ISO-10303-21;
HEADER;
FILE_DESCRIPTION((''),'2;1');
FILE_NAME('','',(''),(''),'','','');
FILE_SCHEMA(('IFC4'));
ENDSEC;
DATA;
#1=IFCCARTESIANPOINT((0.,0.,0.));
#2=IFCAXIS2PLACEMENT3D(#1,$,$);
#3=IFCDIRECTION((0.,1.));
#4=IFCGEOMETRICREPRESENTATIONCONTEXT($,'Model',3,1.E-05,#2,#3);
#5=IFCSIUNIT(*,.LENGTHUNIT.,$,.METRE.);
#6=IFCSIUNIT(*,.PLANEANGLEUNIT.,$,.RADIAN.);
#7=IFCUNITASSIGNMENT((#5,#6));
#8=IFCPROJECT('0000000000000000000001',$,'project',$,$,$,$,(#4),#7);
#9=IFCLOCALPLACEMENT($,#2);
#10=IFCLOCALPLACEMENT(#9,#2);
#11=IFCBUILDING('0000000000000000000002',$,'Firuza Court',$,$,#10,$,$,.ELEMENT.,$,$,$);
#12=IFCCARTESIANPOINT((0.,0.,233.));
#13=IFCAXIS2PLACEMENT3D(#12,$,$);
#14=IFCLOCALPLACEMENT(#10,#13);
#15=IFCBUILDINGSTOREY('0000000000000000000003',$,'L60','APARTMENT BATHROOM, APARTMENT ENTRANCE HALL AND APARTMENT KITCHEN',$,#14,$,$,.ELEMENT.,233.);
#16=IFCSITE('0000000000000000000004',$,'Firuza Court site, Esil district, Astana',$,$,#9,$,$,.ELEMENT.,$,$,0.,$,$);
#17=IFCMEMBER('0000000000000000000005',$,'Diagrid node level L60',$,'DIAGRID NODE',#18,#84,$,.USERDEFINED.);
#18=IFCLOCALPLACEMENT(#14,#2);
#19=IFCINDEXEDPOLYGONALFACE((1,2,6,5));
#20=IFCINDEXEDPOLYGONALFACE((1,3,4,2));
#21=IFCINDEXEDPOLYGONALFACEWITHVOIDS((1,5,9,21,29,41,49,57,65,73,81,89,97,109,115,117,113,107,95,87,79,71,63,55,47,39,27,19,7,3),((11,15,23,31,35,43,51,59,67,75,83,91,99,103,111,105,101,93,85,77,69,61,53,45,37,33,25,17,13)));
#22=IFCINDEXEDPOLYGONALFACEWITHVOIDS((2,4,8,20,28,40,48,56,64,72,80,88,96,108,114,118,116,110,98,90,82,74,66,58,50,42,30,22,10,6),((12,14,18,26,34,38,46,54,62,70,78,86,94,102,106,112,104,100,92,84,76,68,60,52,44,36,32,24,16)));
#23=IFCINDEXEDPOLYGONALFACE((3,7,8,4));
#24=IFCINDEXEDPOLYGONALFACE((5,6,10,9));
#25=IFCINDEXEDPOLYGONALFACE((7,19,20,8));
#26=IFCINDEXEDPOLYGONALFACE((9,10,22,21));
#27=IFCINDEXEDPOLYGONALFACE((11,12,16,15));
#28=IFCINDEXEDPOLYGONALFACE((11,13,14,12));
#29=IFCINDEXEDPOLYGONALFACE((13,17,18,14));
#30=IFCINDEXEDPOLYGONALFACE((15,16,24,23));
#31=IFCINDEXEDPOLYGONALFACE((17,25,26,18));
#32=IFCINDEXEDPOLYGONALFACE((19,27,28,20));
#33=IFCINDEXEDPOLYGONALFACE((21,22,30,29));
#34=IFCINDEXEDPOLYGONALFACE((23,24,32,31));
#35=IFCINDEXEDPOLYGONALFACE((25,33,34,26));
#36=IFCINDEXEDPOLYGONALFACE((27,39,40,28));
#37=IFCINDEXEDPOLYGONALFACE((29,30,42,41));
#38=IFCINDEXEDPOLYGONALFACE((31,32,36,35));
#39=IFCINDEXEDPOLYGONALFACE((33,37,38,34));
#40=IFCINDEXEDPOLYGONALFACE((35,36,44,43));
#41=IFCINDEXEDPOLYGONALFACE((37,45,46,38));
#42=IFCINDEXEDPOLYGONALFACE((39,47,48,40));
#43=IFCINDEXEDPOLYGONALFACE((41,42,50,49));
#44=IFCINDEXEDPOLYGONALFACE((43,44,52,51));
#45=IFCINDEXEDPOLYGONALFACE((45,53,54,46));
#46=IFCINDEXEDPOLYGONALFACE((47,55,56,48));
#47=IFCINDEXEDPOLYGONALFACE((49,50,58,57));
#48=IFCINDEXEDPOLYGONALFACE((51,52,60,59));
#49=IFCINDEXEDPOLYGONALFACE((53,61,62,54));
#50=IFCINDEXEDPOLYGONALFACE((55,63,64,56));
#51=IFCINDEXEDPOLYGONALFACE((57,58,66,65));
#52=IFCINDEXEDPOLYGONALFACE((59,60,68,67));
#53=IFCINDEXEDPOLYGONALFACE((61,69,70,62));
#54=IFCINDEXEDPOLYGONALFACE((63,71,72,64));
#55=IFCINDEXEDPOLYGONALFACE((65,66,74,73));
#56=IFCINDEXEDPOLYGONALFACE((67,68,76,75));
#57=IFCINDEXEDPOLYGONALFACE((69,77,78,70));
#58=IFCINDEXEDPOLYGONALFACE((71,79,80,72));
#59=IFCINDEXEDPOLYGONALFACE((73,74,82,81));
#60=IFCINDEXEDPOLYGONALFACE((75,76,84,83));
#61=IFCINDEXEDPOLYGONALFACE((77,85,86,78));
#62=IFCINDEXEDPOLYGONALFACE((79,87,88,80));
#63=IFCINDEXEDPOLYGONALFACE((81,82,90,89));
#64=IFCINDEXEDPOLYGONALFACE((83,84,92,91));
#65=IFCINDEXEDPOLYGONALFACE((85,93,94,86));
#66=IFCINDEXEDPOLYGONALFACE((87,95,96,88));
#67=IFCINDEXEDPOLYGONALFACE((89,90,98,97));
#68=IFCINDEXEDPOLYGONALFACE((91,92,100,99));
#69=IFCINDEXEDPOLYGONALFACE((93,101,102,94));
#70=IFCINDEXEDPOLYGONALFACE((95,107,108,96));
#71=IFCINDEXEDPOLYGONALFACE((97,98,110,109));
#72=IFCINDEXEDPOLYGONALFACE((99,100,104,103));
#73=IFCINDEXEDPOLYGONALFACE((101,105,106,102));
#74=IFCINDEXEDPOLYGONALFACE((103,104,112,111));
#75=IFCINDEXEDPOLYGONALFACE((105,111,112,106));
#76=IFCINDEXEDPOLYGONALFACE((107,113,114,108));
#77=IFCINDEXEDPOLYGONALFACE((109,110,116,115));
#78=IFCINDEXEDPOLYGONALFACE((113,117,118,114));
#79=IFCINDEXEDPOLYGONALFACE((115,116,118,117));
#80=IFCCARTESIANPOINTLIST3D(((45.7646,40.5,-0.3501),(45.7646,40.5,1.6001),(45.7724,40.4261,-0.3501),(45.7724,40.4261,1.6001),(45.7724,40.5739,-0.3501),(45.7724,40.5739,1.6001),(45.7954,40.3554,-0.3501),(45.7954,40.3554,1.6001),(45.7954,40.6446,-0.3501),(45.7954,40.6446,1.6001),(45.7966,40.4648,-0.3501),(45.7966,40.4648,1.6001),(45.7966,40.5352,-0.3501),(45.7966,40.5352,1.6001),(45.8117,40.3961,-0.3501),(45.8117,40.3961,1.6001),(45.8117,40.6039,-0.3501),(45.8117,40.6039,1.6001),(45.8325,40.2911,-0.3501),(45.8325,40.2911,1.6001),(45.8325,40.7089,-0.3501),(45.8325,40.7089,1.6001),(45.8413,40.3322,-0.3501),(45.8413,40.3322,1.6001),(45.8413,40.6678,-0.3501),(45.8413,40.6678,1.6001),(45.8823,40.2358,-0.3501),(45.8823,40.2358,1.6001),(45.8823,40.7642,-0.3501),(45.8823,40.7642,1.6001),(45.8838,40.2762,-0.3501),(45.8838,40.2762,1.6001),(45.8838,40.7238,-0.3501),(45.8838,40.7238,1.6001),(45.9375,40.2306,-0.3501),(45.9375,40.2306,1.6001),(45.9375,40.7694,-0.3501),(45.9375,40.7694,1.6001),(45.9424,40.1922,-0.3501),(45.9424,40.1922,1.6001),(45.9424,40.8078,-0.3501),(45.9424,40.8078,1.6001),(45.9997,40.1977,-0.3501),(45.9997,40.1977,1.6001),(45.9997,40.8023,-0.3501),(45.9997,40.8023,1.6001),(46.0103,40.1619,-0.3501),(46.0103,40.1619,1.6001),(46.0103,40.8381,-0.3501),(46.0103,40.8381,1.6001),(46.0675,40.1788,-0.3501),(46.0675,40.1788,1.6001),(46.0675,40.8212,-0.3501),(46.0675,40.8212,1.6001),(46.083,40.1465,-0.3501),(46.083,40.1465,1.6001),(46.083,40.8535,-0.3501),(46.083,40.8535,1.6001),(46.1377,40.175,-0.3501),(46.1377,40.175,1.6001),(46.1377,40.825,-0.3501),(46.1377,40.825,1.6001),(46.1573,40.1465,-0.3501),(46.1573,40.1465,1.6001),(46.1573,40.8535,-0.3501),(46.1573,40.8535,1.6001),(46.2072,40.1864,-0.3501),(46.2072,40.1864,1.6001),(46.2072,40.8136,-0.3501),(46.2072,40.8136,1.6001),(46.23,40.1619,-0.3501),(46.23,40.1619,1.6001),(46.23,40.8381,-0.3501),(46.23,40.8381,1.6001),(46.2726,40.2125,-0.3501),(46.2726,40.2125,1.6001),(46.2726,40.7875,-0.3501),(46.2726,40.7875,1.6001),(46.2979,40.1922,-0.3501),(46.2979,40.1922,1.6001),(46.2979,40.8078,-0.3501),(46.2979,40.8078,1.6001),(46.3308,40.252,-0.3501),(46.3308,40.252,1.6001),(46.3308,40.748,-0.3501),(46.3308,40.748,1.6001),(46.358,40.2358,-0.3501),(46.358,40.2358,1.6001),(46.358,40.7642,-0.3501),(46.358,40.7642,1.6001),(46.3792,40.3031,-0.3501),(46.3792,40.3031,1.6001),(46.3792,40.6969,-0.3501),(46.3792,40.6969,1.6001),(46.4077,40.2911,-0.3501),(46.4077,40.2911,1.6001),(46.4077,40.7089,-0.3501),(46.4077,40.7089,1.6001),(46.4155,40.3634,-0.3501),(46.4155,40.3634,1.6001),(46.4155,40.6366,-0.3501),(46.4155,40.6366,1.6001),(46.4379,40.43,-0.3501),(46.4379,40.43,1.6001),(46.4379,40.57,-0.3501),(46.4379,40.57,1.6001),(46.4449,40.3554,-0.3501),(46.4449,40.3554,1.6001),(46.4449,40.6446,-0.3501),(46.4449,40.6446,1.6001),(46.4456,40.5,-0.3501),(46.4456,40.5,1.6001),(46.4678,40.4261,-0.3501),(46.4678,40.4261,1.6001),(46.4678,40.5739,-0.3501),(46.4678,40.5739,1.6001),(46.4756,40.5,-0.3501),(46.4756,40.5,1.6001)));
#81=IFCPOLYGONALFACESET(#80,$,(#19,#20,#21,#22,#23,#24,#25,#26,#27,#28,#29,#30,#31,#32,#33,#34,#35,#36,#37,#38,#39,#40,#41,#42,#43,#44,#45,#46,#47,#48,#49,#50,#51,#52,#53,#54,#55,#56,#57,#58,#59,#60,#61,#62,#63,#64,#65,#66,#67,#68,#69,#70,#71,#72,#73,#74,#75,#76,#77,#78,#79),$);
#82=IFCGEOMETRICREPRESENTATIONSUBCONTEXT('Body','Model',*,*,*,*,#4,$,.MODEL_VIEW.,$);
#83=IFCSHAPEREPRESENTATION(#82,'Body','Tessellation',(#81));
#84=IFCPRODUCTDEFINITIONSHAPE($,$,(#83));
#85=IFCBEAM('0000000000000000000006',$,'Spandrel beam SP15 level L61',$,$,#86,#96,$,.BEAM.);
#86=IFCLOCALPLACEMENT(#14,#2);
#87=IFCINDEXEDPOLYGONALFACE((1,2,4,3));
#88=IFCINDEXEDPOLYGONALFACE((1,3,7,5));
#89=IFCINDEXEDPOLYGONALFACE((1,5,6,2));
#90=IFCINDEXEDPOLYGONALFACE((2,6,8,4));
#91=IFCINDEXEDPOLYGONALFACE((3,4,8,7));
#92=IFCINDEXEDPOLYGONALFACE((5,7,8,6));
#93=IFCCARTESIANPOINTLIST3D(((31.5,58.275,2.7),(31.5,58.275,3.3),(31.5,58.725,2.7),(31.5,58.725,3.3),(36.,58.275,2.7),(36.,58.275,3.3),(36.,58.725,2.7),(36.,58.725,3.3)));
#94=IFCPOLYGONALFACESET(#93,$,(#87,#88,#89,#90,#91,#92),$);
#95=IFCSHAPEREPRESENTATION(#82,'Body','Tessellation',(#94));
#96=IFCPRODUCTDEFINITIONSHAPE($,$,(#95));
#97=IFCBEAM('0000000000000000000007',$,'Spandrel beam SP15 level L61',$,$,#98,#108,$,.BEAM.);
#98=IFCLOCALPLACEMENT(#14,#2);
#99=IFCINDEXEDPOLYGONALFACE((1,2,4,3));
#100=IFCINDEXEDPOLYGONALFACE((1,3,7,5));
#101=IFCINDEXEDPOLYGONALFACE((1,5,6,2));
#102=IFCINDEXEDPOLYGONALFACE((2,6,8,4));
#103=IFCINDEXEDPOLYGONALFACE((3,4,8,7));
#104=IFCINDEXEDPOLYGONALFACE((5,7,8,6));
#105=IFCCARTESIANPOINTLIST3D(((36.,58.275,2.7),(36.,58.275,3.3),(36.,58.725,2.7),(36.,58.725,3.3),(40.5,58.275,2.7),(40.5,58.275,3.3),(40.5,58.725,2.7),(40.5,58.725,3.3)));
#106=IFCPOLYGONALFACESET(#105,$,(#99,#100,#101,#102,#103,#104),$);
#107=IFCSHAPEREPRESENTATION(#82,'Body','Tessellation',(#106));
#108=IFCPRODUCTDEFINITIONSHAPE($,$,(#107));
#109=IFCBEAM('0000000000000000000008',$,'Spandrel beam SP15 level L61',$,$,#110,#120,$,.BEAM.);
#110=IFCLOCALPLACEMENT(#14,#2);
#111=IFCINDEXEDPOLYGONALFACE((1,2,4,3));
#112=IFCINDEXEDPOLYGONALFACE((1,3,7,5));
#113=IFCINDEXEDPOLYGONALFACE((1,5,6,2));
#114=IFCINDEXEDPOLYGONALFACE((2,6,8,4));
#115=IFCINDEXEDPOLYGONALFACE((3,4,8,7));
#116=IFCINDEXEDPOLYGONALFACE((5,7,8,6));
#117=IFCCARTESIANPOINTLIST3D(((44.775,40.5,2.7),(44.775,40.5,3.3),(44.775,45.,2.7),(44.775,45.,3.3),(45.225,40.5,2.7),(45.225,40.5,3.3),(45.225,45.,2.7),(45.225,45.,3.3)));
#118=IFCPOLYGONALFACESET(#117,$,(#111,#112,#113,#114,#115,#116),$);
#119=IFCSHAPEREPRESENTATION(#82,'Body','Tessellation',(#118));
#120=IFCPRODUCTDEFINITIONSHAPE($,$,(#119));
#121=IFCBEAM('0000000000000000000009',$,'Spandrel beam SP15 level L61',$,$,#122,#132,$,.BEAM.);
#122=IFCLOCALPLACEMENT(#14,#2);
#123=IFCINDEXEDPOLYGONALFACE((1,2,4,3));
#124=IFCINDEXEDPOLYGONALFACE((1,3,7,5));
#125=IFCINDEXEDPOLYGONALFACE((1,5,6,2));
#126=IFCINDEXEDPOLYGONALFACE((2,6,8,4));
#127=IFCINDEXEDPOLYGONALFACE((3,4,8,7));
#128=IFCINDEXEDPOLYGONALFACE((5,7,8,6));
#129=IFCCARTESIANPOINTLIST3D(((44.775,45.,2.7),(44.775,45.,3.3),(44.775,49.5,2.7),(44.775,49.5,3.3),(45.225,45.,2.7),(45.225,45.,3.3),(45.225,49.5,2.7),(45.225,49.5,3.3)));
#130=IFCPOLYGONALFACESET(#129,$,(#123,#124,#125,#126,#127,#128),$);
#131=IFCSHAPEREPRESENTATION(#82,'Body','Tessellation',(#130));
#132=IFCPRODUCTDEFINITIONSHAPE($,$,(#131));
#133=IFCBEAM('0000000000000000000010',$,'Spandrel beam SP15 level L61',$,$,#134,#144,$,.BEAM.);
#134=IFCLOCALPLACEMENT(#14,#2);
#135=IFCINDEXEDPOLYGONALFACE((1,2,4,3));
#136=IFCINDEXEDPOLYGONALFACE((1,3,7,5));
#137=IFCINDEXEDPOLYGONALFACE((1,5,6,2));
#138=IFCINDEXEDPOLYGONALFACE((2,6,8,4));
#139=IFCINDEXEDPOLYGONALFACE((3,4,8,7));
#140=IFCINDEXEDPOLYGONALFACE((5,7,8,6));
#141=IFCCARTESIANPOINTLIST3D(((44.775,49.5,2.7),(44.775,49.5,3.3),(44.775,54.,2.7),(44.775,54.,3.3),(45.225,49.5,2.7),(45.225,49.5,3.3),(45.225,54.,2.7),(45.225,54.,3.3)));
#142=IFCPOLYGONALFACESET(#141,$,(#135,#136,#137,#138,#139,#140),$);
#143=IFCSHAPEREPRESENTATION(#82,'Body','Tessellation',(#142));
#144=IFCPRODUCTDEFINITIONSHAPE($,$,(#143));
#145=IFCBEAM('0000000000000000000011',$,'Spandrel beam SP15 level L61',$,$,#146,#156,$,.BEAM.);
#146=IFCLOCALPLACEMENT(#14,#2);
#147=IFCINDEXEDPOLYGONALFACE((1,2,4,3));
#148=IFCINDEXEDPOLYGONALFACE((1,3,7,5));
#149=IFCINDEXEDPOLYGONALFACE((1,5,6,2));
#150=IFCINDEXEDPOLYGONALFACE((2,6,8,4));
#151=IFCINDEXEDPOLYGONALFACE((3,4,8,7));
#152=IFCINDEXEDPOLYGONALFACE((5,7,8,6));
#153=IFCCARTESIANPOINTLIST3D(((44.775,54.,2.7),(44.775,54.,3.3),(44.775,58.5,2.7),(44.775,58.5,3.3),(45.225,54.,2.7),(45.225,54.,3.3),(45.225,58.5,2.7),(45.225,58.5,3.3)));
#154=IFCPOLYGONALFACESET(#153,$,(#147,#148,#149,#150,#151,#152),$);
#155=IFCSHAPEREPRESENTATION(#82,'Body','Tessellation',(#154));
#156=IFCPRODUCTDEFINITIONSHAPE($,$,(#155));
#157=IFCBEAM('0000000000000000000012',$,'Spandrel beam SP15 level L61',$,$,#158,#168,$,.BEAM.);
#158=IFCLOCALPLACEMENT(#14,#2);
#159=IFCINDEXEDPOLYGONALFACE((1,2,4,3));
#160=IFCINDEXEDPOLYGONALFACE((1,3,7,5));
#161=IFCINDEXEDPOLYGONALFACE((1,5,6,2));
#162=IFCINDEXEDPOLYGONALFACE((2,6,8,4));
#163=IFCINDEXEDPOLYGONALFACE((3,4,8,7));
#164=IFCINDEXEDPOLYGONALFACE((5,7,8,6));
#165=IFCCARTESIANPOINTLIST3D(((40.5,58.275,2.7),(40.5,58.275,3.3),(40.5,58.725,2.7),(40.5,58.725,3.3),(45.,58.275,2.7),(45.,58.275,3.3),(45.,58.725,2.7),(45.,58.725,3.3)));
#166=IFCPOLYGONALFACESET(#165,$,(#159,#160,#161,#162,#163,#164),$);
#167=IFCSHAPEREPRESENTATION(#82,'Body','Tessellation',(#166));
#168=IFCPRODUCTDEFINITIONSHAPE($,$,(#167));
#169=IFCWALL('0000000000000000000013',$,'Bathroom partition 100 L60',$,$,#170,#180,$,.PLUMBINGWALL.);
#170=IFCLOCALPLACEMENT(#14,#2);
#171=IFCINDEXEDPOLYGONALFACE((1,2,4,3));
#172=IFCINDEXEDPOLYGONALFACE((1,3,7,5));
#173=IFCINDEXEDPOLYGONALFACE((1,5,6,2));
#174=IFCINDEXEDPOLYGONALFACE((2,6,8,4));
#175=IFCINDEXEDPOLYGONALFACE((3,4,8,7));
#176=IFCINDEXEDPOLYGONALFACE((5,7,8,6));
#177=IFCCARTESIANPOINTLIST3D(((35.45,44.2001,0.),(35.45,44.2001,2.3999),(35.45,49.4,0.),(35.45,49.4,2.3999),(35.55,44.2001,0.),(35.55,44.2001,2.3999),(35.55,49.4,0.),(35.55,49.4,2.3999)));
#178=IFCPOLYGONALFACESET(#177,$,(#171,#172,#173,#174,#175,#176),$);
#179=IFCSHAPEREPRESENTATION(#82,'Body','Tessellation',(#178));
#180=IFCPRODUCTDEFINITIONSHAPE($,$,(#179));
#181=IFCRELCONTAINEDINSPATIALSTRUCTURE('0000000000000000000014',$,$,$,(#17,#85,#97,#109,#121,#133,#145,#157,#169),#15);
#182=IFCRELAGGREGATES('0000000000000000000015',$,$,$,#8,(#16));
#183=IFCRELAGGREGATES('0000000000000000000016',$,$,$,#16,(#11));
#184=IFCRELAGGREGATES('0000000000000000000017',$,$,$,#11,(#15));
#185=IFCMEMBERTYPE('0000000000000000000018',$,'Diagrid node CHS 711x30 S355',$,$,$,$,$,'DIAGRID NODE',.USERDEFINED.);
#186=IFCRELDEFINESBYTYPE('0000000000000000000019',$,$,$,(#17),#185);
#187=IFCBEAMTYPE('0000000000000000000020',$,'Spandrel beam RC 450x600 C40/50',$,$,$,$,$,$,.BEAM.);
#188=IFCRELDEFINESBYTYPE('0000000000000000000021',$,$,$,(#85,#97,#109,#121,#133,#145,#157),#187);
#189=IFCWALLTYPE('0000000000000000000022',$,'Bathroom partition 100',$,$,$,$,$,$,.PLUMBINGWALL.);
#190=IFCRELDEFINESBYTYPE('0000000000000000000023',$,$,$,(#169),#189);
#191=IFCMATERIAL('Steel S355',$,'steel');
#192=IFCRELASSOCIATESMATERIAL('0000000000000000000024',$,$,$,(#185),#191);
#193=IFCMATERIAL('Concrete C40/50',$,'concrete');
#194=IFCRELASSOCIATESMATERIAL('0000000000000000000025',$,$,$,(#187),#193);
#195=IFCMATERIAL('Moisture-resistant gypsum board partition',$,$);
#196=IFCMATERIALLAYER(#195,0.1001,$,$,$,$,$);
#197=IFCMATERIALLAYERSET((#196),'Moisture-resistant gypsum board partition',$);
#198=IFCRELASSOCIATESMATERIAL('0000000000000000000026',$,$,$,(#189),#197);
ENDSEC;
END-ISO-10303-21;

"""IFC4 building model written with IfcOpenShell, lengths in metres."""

from ifc_helpers import new_model, si_unit, direction, frame, frame_2d, origin, origin_2d, place, context, subcontext, project, spatial, rectangle, hollow_circle, extrude, material, layer, layer_set, material_profile, profile_set, type_object, element, save


model = new_model("IFC4")

# Units and contexts
model_context = context("Model", 3, precision=1e-05, world=origin(), true_north=direction((0.0, 1.0)))
body_context = subcontext(model_context, "Body", "Model", "MODEL_VIEW")
ifc_project = project(units=[si_unit("LENGTHUNIT", "METRE"), si_unit("PLANEANGLEUNIT", "RADIAN")], contexts=[model_context])

# Site, building, storey
site_placement = place(None, origin())
site = spatial("IfcSite", under=ifc_project, at=site_placement, Name="Firuza Court site, Esil district, Astana", CompositionType="ELEMENT", RefElevation=0.0)
building_placement = place(site_placement, origin())
building = spatial("IfcBuilding", under=site, at=building_placement, Name="Firuza Court", CompositionType="ELEMENT")
storey_placement = place(building_placement, frame((0.0, 0.0, 233.0)))
storey = spatial("IfcBuildingStorey", under=building, at=storey_placement, Name="L60", Description="APARTMENT BATHROOM, APARTMENT ENTRANCE HALL AND APARTMENT KITCHEN", CompositionType="ELEMENT", Elevation=233.0)

# Member
ifc_material_1 = material(Name="Steel S355", Category="steel")
ifc_material_profile_1 = material_profile(ifc_material_1, hollow_circle(Radius=0.3555, WallThickness=0.03, at=origin_2d()), Name="CHS 711x30")
ifc_profile_set_1 = profile_set([ifc_material_profile_1], Name="Steel S355")
member_type_1 = type_object("IfcMemberType", Name="Diagrid node CHS 711x30 S355", ElementType="DIAGRID NODE", PredefinedType="USERDEFINED", material=ifc_profile_set_1)
member_1_placement = place(storey_placement, frame((46.1201, 40.5, -0.3501), z_axis=(0.0, 0.0, 1.0), x_axis=(1.0, 0.0, 0.0)))
element("IfcMember", 1, at=member_1_placement, inside=storey, type_object=member_type_1, Name="Diagrid node level L60", ObjectType="DIAGRID NODE", PredefinedType="USERDEFINED", context=body_context, shape_type="SweptSolid", body=[
    extrude(hollow_circle(Radius=0.3555, WallThickness=0.03, at=origin_2d()), origin(), (0.0, 0.0, 1.0), 1.9502),
])

# Beams
ifc_material_2 = material(Name="Concrete C40/50", Category="concrete")
ifc_material_profile_2 = material_profile(ifc_material_2, rectangle(XDim=0.45, YDim=0.6001, at=origin_2d()), Name="RC 450x600")
ifc_profile_set_2 = profile_set([ifc_material_profile_2], Name="Concrete C40/50")
beam_type = type_object("IfcBeamType", Name="Spandrel beam RC 450x600 C40/50", PredefinedType="BEAM", material=ifc_profile_set_2)
for number, where, z_axis, x_axis, name in (
    (2, (36.0, 58.5, 3.0), (-1.0, 0.0, 0.0), (0.0, -1.0, 0.0), "Spandrel beam SP15 level L61"),
    (3, (40.5, 58.5, 3.0), (-1.0, 0.0, 0.0), (0.0, -1.0, 0.0), "Spandrel beam SP15 level L61"),
    (4, (45.0, 40.5, 3.0), (0.0, 1.0, 0.0), (-1.0, 0.0, 0.0), "Spandrel beam SP15 level L61"),
    (5, (45.0, 45.0, 3.0), (0.0, 1.0, 0.0), (-1.0, 0.0, 0.0), "Spandrel beam SP15 level L61"),
    (6, (45.0, 49.5, 3.0), (0.0, 1.0, 0.0), (-1.0, 0.0, 0.0), "Spandrel beam SP15 level L61"),
    (7, (45.0, 54.0, 3.0), (0.0, 1.0, 0.0), (-1.0, 0.0, 0.0), "Spandrel beam SP15 level L61"),
    (8, (45.0, 58.5, 3.0), (-1.0, 0.0, 0.0), (0.0, -1.0, 0.0), "Spandrel beam SP15 level L61"),
):
    element("IfcBeam", number, at=place(storey_placement, frame(where, z_axis=z_axis, x_axis=x_axis)), inside=storey, type_object=beam_type, Name=name, PredefinedType="BEAM", context=body_context, shape_type="SweptSolid", body=[
        extrude(rectangle(XDim=0.45, YDim=0.6001, at=origin_2d()), origin(), (0.0, 0.0, 1.0), 4.5),
    ])

# Wall
ifc_material_3 = material(Name="Moisture-resistant gypsum board partition")
ifc_layer_1 = layer(ifc_material_3, 0.1001)
ifc_layer_set_1 = layer_set([ifc_layer_1], Name="Moisture-resistant gypsum board partition")
wall_type_1 = type_object("IfcWallType", Name="Bathroom partition 100", PredefinedType="PLUMBINGWALL", material=ifc_layer_set_1)
wall_1_placement = place(storey_placement, frame((35.5, 44.2, 0.0), z_axis=(0.0, 0.0, 1.0), x_axis=(0.0, 1.0, 0.0)))
element("IfcWall", 9, at=wall_1_placement, inside=storey, type_object=wall_type_1, Name="Bathroom partition 100 L60", PredefinedType="PLUMBINGWALL", context=body_context, shape_type="SweptSolid", body=[
    extrude(rectangle(XDim=5.2, YDim=0.1001, at=frame_2d((2.6001, 0.0))), origin(), (0.0, 0.0, 1.0), 2.3999),
])

save(model, "model.ifc")
